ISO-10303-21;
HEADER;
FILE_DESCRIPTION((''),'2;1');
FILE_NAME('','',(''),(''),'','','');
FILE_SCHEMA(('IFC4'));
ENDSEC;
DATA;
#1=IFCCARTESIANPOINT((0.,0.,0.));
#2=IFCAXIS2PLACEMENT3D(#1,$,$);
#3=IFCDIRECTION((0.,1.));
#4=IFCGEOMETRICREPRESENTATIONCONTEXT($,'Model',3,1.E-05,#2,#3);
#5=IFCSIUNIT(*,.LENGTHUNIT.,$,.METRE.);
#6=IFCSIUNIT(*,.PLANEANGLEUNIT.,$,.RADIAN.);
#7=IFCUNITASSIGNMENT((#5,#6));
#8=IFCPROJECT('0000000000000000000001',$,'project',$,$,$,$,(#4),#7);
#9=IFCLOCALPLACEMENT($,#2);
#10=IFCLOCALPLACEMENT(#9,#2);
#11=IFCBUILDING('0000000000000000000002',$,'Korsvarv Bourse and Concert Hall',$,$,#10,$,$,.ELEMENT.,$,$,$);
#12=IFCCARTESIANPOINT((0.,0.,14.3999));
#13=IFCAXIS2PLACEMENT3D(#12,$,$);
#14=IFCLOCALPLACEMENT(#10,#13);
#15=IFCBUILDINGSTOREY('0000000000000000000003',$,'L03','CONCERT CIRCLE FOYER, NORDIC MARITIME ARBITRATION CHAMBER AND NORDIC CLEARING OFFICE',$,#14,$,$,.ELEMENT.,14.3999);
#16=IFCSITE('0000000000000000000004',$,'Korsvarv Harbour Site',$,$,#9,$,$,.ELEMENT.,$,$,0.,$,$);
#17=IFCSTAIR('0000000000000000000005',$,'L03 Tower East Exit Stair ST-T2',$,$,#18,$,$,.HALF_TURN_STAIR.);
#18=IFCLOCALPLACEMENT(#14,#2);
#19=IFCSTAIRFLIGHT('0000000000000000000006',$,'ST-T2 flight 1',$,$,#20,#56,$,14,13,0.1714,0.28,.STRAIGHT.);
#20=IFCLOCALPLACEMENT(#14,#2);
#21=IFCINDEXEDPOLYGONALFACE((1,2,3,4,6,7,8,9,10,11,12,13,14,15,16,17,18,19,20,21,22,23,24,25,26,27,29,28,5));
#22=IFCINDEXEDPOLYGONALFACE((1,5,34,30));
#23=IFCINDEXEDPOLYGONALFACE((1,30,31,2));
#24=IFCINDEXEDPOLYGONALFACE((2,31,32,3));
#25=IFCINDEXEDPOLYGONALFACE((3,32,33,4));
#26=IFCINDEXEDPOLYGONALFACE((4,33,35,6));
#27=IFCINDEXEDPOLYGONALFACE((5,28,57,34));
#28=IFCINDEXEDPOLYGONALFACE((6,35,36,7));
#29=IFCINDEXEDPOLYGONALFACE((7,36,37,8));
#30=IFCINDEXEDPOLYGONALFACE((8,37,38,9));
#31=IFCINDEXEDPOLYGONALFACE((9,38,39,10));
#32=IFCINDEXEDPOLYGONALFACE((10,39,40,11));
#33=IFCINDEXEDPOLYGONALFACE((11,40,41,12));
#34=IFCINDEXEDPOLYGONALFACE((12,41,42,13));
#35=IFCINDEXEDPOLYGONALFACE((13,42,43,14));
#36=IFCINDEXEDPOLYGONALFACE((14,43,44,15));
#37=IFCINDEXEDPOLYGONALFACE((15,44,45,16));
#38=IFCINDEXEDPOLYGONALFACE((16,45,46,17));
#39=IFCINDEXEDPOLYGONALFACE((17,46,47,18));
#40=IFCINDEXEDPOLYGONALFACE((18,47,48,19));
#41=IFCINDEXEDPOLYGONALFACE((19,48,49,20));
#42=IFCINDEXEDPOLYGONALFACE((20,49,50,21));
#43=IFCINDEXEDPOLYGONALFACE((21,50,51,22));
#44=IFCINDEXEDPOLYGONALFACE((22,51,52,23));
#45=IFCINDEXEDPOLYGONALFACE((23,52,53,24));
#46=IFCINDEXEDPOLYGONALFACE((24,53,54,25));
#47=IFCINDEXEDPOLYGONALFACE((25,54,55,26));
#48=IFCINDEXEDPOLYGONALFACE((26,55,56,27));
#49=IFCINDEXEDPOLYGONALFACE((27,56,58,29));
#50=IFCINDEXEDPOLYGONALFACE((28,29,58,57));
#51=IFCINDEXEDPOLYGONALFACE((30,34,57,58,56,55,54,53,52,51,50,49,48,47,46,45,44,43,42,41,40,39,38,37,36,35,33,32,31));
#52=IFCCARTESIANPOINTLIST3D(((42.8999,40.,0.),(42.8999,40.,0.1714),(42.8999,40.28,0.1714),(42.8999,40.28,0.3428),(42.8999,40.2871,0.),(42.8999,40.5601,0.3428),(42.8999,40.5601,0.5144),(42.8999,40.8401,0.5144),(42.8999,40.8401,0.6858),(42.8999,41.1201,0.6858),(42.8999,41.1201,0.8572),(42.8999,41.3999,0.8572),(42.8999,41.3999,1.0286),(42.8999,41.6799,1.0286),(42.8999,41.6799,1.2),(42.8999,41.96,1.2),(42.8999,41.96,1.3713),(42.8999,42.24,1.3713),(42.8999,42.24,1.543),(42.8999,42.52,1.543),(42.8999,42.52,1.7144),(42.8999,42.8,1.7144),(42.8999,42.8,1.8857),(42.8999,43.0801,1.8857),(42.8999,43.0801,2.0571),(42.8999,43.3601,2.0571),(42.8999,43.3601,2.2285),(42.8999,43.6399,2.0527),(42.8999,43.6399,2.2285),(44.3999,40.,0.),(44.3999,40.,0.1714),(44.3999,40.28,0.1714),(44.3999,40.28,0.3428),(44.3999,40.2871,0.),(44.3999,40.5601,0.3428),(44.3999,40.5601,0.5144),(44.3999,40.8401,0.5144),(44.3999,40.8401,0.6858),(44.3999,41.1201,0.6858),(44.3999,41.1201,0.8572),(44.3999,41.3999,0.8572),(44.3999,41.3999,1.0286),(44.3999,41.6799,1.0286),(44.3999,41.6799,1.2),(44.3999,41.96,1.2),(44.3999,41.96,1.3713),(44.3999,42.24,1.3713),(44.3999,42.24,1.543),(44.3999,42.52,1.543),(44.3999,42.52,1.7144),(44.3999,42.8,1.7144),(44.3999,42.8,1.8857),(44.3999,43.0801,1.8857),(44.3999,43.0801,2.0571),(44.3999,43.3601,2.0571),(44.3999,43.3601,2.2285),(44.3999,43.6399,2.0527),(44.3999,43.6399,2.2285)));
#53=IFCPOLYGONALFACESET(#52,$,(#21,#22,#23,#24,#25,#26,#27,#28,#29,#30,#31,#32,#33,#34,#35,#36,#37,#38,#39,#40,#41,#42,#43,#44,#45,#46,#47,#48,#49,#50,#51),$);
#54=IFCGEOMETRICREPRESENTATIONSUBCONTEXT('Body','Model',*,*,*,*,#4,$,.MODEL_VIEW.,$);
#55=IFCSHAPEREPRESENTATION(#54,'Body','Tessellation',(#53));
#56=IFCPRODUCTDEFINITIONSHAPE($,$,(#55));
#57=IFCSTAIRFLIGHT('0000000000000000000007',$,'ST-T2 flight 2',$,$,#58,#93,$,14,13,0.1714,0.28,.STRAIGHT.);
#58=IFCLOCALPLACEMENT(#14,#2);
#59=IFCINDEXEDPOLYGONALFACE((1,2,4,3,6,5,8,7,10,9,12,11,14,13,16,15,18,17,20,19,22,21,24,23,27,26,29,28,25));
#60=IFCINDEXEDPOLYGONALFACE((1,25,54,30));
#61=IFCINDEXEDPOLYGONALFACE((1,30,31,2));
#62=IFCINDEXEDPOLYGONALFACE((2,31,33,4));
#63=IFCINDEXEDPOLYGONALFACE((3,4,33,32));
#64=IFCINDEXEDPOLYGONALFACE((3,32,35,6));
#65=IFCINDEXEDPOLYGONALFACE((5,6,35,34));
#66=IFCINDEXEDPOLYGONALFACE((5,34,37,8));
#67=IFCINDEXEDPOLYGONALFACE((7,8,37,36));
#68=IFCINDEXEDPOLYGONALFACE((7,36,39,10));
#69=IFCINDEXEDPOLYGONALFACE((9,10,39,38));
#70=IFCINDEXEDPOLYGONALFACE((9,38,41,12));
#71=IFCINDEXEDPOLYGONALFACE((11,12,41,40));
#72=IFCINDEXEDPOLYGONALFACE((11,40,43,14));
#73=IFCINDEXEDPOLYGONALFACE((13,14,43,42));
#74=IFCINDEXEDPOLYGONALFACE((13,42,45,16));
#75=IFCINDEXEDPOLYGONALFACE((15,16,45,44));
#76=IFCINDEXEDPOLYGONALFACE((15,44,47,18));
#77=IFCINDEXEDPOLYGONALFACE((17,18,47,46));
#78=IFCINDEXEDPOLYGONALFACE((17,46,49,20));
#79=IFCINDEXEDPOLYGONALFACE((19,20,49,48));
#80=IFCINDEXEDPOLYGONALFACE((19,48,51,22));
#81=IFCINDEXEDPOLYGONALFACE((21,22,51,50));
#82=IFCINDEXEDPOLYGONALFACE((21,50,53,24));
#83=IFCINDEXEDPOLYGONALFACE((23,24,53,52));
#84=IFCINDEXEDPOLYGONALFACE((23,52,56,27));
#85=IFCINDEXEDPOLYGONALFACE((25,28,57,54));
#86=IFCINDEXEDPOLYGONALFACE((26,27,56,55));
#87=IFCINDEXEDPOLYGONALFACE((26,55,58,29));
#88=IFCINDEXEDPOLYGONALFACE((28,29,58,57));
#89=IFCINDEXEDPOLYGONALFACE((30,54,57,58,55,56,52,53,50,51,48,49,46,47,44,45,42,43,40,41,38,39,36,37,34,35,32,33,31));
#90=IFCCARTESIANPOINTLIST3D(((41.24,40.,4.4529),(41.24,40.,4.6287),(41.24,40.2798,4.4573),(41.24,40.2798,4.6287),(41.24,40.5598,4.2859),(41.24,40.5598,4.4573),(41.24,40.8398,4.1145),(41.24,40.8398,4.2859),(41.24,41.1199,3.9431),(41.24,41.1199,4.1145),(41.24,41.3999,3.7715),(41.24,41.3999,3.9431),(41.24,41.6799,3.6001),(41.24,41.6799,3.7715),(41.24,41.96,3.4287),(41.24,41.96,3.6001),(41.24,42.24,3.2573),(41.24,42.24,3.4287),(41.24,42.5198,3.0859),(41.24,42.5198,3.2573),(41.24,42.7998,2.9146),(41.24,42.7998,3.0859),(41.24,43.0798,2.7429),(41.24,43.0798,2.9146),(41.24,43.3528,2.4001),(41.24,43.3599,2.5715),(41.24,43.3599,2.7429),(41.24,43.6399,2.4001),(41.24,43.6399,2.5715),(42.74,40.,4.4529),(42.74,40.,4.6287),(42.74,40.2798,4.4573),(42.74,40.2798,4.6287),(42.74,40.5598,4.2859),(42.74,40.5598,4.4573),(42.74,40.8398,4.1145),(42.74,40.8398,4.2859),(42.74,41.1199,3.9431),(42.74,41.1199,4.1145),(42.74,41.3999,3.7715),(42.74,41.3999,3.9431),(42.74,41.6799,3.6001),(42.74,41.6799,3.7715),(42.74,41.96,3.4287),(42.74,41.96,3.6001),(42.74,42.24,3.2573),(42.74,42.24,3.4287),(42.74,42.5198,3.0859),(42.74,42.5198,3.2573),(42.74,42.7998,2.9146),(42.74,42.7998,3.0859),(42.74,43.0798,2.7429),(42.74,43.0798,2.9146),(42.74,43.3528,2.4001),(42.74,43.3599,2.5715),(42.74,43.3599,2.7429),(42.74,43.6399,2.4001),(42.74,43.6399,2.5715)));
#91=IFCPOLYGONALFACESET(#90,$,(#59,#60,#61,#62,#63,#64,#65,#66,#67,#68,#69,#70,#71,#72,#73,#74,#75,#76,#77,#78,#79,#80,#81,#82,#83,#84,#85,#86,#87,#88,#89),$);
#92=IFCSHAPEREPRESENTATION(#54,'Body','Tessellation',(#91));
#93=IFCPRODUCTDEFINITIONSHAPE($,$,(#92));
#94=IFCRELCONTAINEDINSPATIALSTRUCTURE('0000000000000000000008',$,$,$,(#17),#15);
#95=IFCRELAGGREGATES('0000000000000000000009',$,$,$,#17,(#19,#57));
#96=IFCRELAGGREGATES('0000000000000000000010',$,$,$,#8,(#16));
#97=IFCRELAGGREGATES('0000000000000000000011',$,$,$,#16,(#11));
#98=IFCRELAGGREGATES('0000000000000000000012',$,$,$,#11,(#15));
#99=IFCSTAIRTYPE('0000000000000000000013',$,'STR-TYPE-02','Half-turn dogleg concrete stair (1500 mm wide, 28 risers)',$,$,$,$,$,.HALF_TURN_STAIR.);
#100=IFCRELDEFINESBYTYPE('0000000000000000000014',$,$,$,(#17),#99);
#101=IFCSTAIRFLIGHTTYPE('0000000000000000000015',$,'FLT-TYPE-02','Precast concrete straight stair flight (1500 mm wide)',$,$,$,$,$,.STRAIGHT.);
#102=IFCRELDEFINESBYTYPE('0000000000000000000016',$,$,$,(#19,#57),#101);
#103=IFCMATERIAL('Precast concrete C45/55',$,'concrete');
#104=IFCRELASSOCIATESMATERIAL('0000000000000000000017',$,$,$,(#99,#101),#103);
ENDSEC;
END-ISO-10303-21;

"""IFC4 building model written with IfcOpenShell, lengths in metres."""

from ifc_helpers import new_model, si_unit, direction, frame, origin, place, context, subcontext, project, spatial, polyline, outline, extrude, material, type_object, element, aggregate, save


model = new_model("IFC4")

# Units and contexts
model_context = context("Model", 3, precision=1e-05, world=origin(), true_north=direction((0.0, 1.0)))
body_context = subcontext(model_context, "Body", "Model", "MODEL_VIEW")
ifc_project = project(units=[si_unit("LENGTHUNIT", "METRE"), si_unit("PLANEANGLEUNIT", "RADIAN")], contexts=[model_context])

# Site, building, storey
site_placement = place(None, origin())
site = spatial("IfcSite", under=ifc_project, at=site_placement, Name="Korsvarv Harbour Site", CompositionType="ELEMENT", RefElevation=0.0)
building_placement = place(site_placement, origin())
building = spatial("IfcBuilding", under=site, at=building_placement, Name="Korsvarv Bourse and Concert Hall", CompositionType="ELEMENT")
storey_placement = place(building_placement, frame((0.0, 0.0, 14.3999)))
storey = spatial("IfcBuildingStorey", under=building, at=storey_placement, Name="L03", Description="CONCERT CIRCLE FOYER, NORDIC MARITIME ARBITRATION CHAMBER AND NORDIC CLEARING OFFICE", CompositionType="ELEMENT", Elevation=14.3999)

# Stair, stair flights
ifc_material_1 = material(Name="Precast concrete C45/55", Category="concrete")
stair_type = type_object("IfcStairType", Name="STR-TYPE-02", Description="Half-turn dogleg concrete stair (1500 mm wide, 28 risers)", PredefinedType="HALF_TURN_STAIR", material=ifc_material_1)
stair_placement = place(storey_placement, origin())
stair = element("IfcStair", 1, at=stair_placement, inside=storey, type_object=stair_type, Name="L03 Tower East Exit Stair ST-T2", PredefinedType="HALF_TURN_STAIR")
stair_flight_type = type_object("IfcStairFlightType", Name="FLT-TYPE-02", Description="Precast concrete straight stair flight (1500 mm wide)", PredefinedType="STRAIGHT", material=ifc_material_1)
stair_flight_1_placement = place(storey_placement, frame((43.6499, 40.0, 0.0), z_axis=(0.0, 0.0, 1.0), x_axis=(0.0, 1.0, 0.0)))
stair_flight_1 = element("IfcStairFlight", 2, at=stair_flight_1_placement, type_object=stair_flight_type, Name="ST-T2 flight 1", NumberOfRisers=14, NumberOfTreads=13, PredefinedType="STRAIGHT", RiserHeight=0.1714, TreadLength=0.28, context=body_context, shape_type="SweptSolid", body=[
    extrude(outline(polyline([(0.0, 0.0), (0.0, 0.1714), (0.28, 0.1714), (0.28, 0.3428), (0.5601, 0.3428), (0.5601, 0.5144), (0.8401, 0.5144), (0.8401, 0.6858), (1.1201, 0.6858), (1.1201, 0.8572), (1.3999, 0.8572), (1.3999, 1.0286), (1.6799, 1.0286), (1.6799, 1.2), (1.96, 1.2), (1.96, 1.3713), (2.24, 1.3713), (2.24, 1.543), (2.52, 1.543), (2.52, 1.7144), (2.8, 1.7144), (2.8, 1.8857), (3.0801, 1.8857), (3.0801, 2.0571), (3.3601, 2.0571), (3.3601, 2.2285), (3.6399, 2.2285), (3.6399, 2.3999), (3.6399, 2.0527), (0.2871, 0.0), (0.0, 0.0)])), frame((0.0, 0.75, 0.0), z_axis=(0.0, -1.0, 0.0), x_axis=(1.0, 0.0, 0.0)), (0.0, 0.0, 1.0), 1.5),
])
stair_flight_2_placement = place(storey_placement, frame((41.99, 43.6399, 2.4001), z_axis=(0.0, 0.0, 1.0), x_axis=(0.0, -1.0, 0.0)))
stair_flight_2 = element("IfcStairFlight", 3, at=stair_flight_2_placement, type_object=stair_flight_type, Name="ST-T2 flight 2", NumberOfRisers=14, NumberOfTreads=13, PredefinedType="STRAIGHT", RiserHeight=0.1714, TreadLength=0.28, context=body_context, shape_type="SweptSolid", body=[
    extrude(outline(polyline([(0.0, 0.0), (0.0, 0.1714), (0.28, 0.1714), (0.28, 0.3428), (0.5601, 0.3428), (0.5601, 0.5144), (0.8401, 0.5144), (0.8401, 0.6858), (1.1201, 0.6858), (1.1201, 0.8572), (1.3999, 0.8572), (1.3999, 1.0286), (1.6799, 1.0286), (1.6799, 1.2), (1.96, 1.2), (1.96, 1.3713), (2.24, 1.3713), (2.24, 1.543), (2.52, 1.543), (2.52, 1.7144), (2.8, 1.7144), (2.8, 1.8857), (3.0801, 1.8857), (3.0801, 2.0571), (3.3601, 2.0571), (3.3601, 2.2285), (3.6399, 2.2285), (3.6399, 2.3999), (3.6399, 2.0527), (0.2871, 0.0), (0.0, 0.0)])), frame((0.0, 0.75, 0.0), z_axis=(0.0, -1.0, 0.0), x_axis=(1.0, 0.0, 0.0)), (0.0, 0.0, 1.0), 1.5),
])
aggregate(stair, [stair_flight_1, stair_flight_2])

save(model, "model.ifc")
